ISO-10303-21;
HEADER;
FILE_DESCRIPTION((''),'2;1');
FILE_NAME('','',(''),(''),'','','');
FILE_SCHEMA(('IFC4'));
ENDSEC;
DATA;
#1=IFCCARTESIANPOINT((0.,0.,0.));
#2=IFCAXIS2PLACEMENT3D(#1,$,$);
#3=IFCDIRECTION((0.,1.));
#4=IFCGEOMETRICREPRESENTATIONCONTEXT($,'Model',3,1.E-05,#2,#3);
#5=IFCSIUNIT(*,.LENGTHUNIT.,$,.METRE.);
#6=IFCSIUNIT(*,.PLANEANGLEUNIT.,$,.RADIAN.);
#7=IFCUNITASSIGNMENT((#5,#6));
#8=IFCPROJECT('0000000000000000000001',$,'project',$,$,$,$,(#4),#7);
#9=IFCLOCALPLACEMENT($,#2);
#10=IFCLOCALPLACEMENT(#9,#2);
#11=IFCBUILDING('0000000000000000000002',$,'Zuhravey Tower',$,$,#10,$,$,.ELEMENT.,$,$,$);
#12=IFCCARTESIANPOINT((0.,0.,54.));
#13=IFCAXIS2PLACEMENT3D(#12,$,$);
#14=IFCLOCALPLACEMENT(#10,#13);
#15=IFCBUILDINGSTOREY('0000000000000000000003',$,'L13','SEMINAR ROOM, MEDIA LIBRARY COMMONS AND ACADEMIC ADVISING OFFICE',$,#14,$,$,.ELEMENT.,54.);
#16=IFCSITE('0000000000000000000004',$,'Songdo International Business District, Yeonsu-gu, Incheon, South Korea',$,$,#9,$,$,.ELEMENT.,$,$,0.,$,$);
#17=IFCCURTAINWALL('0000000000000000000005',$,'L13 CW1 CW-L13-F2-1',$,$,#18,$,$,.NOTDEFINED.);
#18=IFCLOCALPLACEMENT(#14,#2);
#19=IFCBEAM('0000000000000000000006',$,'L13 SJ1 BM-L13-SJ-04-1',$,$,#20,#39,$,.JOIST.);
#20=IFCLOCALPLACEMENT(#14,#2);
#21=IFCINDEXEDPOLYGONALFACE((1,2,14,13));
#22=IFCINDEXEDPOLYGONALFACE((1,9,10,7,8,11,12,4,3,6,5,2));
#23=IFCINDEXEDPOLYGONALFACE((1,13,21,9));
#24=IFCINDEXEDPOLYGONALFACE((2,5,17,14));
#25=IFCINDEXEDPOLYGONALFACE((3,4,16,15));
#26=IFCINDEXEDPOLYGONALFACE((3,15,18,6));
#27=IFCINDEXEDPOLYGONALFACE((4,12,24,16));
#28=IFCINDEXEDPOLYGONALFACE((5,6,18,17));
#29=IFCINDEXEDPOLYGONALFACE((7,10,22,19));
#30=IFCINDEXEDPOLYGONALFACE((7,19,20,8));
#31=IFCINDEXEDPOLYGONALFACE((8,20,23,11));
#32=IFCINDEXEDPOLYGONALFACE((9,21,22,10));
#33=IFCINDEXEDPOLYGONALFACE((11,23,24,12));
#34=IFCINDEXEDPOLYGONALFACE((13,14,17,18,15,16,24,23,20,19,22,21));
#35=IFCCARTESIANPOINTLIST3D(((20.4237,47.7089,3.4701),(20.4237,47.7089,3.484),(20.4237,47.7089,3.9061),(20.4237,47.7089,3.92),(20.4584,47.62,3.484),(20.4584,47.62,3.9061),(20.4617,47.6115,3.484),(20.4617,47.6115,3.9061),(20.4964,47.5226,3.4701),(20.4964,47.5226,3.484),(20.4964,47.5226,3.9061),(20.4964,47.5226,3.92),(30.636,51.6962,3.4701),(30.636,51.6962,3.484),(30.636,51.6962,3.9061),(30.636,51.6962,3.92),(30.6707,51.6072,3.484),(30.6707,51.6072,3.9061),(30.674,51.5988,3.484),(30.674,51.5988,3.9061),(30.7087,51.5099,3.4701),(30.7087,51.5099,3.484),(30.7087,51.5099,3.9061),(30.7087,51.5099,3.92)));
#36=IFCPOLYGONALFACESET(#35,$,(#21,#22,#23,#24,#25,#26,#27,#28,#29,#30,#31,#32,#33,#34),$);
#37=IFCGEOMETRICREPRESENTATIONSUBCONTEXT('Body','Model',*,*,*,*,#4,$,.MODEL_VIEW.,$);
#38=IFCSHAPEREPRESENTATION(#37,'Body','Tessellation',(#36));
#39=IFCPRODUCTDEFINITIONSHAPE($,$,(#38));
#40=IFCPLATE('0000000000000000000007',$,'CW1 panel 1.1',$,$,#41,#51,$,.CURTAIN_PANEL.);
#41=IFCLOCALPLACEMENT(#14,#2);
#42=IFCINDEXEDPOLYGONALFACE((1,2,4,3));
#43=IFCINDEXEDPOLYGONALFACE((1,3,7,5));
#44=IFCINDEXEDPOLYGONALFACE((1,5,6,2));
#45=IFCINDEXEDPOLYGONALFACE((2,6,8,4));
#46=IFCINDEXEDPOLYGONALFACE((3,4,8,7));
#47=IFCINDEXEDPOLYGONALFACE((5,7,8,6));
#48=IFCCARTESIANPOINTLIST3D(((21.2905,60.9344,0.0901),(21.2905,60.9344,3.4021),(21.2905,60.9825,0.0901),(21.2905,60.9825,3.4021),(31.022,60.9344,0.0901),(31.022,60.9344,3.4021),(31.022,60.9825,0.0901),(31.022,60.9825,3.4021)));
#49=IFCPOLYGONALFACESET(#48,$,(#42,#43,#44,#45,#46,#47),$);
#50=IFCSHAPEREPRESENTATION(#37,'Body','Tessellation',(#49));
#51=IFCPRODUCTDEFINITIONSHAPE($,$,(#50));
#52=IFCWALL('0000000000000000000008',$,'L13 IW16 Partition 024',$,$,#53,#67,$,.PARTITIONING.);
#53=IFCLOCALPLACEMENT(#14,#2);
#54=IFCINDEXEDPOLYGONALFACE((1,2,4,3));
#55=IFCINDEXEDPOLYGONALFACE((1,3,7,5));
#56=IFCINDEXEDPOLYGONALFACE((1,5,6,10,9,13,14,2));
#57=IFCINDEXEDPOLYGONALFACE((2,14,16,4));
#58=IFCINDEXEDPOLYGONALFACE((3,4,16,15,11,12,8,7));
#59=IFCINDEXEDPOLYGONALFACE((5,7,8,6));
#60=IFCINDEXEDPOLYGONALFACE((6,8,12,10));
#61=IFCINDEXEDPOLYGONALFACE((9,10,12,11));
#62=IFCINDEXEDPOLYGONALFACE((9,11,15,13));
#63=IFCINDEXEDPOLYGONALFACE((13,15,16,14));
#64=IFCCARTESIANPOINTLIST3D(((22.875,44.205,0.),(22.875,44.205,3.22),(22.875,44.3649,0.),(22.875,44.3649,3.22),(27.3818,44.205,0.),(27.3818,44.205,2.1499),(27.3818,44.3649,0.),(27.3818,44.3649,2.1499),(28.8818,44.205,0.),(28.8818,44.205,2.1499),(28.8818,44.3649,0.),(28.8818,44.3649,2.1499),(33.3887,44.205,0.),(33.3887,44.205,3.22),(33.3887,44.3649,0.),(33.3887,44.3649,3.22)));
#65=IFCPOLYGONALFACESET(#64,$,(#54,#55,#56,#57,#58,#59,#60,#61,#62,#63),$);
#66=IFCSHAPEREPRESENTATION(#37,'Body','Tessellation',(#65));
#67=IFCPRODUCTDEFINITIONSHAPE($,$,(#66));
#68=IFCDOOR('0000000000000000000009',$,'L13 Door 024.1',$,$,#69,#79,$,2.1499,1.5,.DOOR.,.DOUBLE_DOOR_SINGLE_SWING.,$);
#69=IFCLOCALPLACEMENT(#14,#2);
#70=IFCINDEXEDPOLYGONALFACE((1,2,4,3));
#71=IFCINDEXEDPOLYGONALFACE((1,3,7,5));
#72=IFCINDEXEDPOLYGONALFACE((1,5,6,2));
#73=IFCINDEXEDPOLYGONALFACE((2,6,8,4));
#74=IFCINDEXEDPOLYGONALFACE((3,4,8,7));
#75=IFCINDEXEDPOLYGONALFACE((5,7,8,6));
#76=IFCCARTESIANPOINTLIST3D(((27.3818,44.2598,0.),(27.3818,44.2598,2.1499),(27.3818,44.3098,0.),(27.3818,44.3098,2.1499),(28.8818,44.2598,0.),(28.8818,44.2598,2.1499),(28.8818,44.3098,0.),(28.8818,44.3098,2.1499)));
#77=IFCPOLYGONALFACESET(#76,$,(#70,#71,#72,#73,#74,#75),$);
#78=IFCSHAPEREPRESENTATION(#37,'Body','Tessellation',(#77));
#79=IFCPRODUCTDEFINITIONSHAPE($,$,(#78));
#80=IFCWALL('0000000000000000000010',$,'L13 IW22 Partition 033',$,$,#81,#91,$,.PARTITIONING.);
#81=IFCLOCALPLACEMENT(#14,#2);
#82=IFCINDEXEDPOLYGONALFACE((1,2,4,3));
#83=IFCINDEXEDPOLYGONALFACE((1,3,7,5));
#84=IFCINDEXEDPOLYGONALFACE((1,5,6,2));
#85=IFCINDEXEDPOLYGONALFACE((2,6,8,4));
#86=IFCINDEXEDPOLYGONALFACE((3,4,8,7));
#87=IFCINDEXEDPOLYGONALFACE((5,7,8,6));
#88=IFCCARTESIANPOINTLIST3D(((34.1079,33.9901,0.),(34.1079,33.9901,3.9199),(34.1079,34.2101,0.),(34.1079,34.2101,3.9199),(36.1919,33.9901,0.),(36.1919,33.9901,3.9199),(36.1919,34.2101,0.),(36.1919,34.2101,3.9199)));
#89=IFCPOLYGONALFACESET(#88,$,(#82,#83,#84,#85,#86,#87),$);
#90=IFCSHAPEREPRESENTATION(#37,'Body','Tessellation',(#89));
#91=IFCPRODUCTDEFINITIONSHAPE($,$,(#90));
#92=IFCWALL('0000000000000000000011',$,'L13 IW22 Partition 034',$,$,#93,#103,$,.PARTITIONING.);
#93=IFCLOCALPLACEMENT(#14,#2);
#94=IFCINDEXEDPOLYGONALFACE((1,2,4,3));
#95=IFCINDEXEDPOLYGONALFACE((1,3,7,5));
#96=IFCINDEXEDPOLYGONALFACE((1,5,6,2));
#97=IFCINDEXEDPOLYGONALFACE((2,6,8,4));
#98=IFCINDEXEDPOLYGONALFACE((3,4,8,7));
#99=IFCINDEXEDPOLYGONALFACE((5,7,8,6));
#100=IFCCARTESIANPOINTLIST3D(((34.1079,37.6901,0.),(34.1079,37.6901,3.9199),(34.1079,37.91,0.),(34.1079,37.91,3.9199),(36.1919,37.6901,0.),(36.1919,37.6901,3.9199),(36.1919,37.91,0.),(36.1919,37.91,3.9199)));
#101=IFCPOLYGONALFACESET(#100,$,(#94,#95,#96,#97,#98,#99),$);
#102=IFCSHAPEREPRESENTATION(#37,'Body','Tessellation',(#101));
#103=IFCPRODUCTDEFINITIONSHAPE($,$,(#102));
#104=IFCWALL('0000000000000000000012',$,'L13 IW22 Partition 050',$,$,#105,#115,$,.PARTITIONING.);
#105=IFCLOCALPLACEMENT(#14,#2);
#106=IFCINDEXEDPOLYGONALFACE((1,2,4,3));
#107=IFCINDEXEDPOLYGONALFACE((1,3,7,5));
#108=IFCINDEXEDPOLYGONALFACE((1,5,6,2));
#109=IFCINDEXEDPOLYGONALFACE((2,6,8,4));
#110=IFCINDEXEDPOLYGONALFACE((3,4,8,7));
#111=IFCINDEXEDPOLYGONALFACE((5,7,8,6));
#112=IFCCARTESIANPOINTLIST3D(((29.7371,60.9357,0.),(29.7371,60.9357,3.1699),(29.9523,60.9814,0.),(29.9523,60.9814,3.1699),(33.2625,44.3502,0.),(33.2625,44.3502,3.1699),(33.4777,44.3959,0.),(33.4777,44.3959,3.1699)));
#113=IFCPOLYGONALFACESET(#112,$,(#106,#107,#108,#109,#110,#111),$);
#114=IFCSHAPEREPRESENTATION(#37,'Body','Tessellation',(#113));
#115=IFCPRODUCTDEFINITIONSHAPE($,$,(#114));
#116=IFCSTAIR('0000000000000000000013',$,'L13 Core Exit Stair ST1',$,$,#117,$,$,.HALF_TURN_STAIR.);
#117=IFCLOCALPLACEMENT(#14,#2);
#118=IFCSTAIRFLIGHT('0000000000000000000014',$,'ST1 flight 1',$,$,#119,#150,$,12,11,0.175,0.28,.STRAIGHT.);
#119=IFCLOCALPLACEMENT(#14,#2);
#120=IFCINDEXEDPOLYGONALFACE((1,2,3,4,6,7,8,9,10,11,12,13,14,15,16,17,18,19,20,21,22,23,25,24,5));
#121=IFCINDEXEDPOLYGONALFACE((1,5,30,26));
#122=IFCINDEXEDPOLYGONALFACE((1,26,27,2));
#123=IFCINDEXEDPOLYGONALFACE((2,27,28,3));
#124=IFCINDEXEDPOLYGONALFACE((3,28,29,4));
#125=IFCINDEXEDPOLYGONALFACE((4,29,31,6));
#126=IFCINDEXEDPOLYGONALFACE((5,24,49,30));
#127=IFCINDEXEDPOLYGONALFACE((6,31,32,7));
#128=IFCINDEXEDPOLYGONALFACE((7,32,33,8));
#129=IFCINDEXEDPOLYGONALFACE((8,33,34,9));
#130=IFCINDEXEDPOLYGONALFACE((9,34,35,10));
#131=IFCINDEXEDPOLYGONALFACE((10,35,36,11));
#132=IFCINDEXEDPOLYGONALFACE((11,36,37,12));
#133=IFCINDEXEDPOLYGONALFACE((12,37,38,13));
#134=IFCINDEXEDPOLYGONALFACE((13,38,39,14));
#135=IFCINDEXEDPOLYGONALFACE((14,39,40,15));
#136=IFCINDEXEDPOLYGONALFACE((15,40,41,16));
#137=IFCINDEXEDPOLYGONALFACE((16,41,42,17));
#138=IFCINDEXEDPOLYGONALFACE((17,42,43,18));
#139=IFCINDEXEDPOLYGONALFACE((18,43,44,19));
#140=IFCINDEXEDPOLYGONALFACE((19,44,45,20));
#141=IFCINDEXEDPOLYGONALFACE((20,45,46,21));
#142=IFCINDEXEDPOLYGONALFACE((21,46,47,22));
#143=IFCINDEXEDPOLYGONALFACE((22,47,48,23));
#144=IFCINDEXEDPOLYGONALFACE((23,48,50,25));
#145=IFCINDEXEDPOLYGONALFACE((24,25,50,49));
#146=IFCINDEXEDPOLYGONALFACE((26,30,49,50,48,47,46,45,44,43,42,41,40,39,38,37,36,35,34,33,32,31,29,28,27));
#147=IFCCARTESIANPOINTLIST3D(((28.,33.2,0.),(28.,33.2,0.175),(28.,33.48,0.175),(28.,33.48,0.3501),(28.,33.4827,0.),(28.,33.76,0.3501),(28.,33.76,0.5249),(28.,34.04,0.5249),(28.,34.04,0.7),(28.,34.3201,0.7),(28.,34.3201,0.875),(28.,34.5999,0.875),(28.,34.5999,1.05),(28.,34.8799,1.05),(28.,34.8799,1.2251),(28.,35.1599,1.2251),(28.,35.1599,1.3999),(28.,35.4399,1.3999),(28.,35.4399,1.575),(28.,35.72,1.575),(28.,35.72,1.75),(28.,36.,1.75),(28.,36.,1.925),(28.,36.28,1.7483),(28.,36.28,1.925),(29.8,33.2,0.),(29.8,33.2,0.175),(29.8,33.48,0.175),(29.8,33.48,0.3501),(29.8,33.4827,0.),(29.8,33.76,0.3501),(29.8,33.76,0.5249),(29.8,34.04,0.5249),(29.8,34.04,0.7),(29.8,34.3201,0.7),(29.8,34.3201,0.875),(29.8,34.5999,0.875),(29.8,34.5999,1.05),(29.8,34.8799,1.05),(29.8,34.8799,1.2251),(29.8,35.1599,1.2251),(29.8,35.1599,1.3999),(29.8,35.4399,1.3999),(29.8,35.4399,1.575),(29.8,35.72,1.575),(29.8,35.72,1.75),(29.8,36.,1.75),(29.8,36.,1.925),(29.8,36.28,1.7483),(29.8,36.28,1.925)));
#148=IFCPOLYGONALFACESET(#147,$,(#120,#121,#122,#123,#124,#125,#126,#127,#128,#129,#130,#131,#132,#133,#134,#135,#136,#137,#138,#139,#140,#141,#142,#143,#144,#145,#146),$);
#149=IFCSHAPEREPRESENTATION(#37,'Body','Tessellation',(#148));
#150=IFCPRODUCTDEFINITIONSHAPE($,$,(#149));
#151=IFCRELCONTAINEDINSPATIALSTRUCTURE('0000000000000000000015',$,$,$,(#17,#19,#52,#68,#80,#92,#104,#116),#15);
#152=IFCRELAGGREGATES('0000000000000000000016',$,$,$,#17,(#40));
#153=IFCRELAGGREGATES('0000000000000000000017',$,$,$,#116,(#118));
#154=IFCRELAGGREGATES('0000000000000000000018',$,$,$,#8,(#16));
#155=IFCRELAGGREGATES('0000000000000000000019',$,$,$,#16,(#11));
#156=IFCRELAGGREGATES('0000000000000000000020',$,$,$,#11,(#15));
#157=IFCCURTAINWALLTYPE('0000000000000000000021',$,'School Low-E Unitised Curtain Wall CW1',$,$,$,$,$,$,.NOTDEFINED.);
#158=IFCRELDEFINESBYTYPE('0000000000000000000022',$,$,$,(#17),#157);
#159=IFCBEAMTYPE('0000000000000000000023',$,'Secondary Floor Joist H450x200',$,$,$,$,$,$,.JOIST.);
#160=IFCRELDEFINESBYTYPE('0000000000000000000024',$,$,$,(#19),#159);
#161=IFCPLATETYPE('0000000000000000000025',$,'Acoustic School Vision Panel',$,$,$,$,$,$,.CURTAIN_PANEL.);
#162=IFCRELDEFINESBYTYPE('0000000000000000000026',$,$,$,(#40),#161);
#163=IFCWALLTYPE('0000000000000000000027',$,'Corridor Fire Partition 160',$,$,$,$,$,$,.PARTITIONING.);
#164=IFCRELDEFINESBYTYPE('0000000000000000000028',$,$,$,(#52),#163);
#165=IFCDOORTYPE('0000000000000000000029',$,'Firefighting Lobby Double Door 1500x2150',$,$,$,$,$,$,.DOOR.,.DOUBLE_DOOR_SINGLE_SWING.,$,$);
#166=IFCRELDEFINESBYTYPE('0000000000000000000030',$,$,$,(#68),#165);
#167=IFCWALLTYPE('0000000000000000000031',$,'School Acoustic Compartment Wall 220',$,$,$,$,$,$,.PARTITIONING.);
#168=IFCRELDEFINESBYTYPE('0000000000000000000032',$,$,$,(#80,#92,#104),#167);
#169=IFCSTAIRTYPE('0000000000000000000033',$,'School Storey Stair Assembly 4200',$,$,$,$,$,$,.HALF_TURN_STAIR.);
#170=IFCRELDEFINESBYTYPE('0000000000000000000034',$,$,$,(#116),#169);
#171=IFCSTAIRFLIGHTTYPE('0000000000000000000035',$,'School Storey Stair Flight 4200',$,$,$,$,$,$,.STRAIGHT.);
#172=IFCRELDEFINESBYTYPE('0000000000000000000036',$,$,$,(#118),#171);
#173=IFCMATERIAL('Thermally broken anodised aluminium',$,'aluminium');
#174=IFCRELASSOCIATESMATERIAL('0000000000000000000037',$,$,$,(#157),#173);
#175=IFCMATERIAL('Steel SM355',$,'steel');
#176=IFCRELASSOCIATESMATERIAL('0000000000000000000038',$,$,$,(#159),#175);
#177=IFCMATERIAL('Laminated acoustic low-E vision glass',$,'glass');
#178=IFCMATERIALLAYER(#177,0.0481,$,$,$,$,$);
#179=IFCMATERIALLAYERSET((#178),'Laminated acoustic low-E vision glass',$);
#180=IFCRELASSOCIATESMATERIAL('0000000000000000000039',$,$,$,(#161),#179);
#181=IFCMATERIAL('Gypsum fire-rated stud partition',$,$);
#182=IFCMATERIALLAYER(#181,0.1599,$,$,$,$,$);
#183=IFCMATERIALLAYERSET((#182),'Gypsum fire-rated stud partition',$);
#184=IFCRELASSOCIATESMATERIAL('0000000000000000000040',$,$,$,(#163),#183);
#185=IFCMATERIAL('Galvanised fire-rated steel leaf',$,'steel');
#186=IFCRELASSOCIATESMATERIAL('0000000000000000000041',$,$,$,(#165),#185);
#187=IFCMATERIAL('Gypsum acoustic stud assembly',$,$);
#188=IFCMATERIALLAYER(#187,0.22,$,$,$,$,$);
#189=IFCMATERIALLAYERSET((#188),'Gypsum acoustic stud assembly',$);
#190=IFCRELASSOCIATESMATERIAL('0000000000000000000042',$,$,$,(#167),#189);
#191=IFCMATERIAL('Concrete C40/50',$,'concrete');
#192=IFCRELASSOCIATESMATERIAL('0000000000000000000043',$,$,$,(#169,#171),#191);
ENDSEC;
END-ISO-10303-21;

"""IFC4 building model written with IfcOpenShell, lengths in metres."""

from ifc_helpers import new_model, si_unit, direction, frame, frame_2d, origin, origin_2d, place, context, subcontext, project, spatial, polyline, rectangle, i_section, outline, extrude, material, layer, layer_set, material_profile, profile_set, type_object, element, fill, aggregate, save


model = new_model("IFC4")

# Units and contexts
model_context = context("Model", 3, precision=1e-05, world=origin(), true_north=direction((0.0, 1.0)))
body_context = subcontext(model_context, "Body", "Model", "MODEL_VIEW")
ifc_project = project(units=[si_unit("LENGTHUNIT", "METRE"), si_unit("PLANEANGLEUNIT", "RADIAN")], contexts=[model_context])

# Site, building, storey
site_placement = place(None, origin())
site = spatial("IfcSite", under=ifc_project, at=site_placement, Name="Songdo International Business District, Yeonsu-gu, Incheon, South Korea", CompositionType="ELEMENT", RefElevation=0.0)
building_placement = place(site_placement, origin())
building = spatial("IfcBuilding", under=site, at=building_placement, Name="Zuhravey Tower", CompositionType="ELEMENT")
storey_placement = place(building_placement, frame((0.0, 0.0, 54.0)))
storey = spatial("IfcBuildingStorey", under=building, at=storey_placement, Name="L13", Description="SEMINAR ROOM, MEDIA LIBRARY COMMONS AND ACADEMIC ADVISING OFFICE", CompositionType="ELEMENT", Elevation=54.0)

# Curtain wall
ifc_material_1 = material(Name="Thermally broken anodised aluminium", Category="aluminium")
curtain_wall_type = type_object("IfcCurtainWallType", Name="School Low-E Unitised Curtain Wall CW1", PredefinedType="NOTDEFINED", material=ifc_material_1)
curtain_wall_placement = place(storey_placement, origin())
curtain_wall = element("IfcCurtainWall", 1, at=curtain_wall_placement, inside=storey, type_object=curtain_wall_type, Name="L13 CW1 CW-L13-F2-1", PredefinedType="NOTDEFINED")

# Beam
ifc_material_2 = material(Name="Steel SM355", Category="steel")
ifc_material_profile_1 = material_profile(ifc_material_2, i_section(OverallWidth=0.2, OverallDepth=0.45, WebThickness=0.009, FlangeThickness=0.0139, at=origin_2d()), Name="H-450x200x9x14")
ifc_profile_set_1 = profile_set([ifc_material_profile_1], Name="Steel SM355")
beam_type_1 = type_object("IfcBeamType", Name="Secondary Floor Joist H450x200", PredefinedType="JOIST", material=ifc_profile_set_1)
beam_1_placement = place(storey_placement, frame((30.6724, 51.603, 3.6951), z_axis=(-0.931517, -0.363699, 0.0), x_axis=(0.363699, -0.931517, 0.0)))
element("IfcBeam", 2, at=beam_1_placement, inside=storey, type_object=beam_type_1, Name="L13 SJ1 BM-L13-SJ-04-1", PredefinedType="JOIST", context=body_context, shape_type="SweptSolid", body=[
    extrude(i_section(OverallWidth=0.2, OverallDepth=0.45, WebThickness=0.009, FlangeThickness=0.0139, at=origin_2d()), origin(), (0.0, 0.0, 1.0), 10.9631),
])

# Plate
ifc_material_3 = material(Name="Laminated acoustic low-E vision glass", Category="glass")
ifc_layer_1 = layer(ifc_material_3, 0.0481)
ifc_layer_set_1 = layer_set([ifc_layer_1], Name="Laminated acoustic low-E vision glass")
plate_type = type_object("IfcPlateType", Name="Acoustic School Vision Panel", PredefinedType="CURTAIN_PANEL", material=ifc_layer_set_1)
plate_placement = place(storey_placement, frame((26.1562, 60.9585, 0.0901), z_axis=(0.0, 0.0, 1.0), x_axis=(1.0, 0.0, 0.0)))
plate = element("IfcPlate", 3, at=plate_placement, type_object=plate_type, Name="CW1 panel 1.1", PredefinedType="CURTAIN_PANEL", context=body_context, shape_type="SweptSolid", body=[
    extrude(rectangle(XDim=9.7314, YDim=0.0481, at=origin_2d()), origin(), (0.0, 0.0, 1.0), 3.312),
])
aggregate(curtain_wall, [plate])

# Wall, opening, door
ifc_material_4 = material(Name="Gypsum fire-rated stud partition")
ifc_layer_2 = layer(ifc_material_4, 0.1599)
ifc_layer_set_2 = layer_set([ifc_layer_2], Name="Gypsum fire-rated stud partition")
wall_type_1 = type_object("IfcWallType", Name="Corridor Fire Partition 160", PredefinedType="PARTITIONING", material=ifc_layer_set_2)
wall_1_placement = place(storey_placement, frame((33.3887, 44.2849, 0.0), z_axis=(0.0, 0.0, 1.0), x_axis=(-1.0, 0.0, 0.0)))
wall_1 = element("IfcWall", 4, at=wall_1_placement, inside=storey, type_object=wall_type_1, Name="L13 IW16 Partition 024", PredefinedType="PARTITIONING", context=body_context, shape_type="SweptSolid", body=[
    extrude(rectangle(XDim=10.5137, YDim=0.1599, at=frame_2d((5.2568, 0.0))), origin(), (0.0, 0.0, 1.0), 3.22),
])
opening_placement = place(wall_1_placement, frame((4.5068, 0.0, 0.0)))
opening = element("IfcOpeningElement", 5, at=opening_placement, cuts=wall_1, PredefinedType="OPENING", context=body_context, shape_type="SweptSolid", body=[
    extrude(rectangle(XDim=1.5, YDim=2.1499, at=frame_2d((0.75, 1.075))), frame((0.0, 0.092, 0.0), z_axis=(0.0, -1.0, 0.0), x_axis=(1.0, 0.0, 0.0)), (0.0, 0.0, 1.0), 0.1838),
])
ifc_material_5 = material(Name="Galvanised fire-rated steel leaf", Category="steel")
door_type = type_object("IfcDoorType", Name="Firefighting Lobby Double Door 1500x2150", OperationType="DOUBLE_DOOR_SINGLE_SWING", PredefinedType="DOOR", material=ifc_material_5)
door_placement = place(opening_placement, frame((1.5, 0.0, 0.0), z_axis=(0.0, 0.0, 1.0), x_axis=(-1.0, 0.0, 0.0)))
door = element("IfcDoor", 6, at=door_placement, inside=storey, type_object=door_type, Name="L13 Door 024.1", OperationType="DOUBLE_DOOR_SINGLE_SWING", OverallHeight=2.1499, OverallWidth=1.5, PredefinedType="DOOR", context=body_context, shape_type="SweptSolid", body=[
    extrude(rectangle(XDim=1.5, YDim=2.1499, at=frame_2d((0.75, 1.075))), frame((0.0, 0.0249, 0.0), z_axis=(0.0, -1.0, 0.0), x_axis=(1.0, 0.0, 0.0)), (0.0, 0.0, 1.0), 0.05),
])
fill(opening, door)

# Walls
ifc_material_6 = material(Name="Gypsum acoustic stud assembly")
ifc_layer_3 = layer(ifc_material_6, 0.22)
ifc_layer_set_3 = layer_set([ifc_layer_3], Name="Gypsum acoustic stud assembly")
wall_type_2 = type_object("IfcWallType", Name="School Acoustic Compartment Wall 220", PredefinedType="PARTITIONING", material=ifc_layer_set_3)
for number, where, z_axis, x_axis, name in (
    (7, (34.1079, 34.1001, 0.0), (0.0, 0.0, 1.0), (1.0, 0.0, 0.0), "L13 IW22 Partition 033"),
    (8, (34.1079, 37.8, 0.0), (0.0, 0.0, 1.0), (1.0, 0.0, 0.0), "L13 IW22 Partition 034"),
):
    element("IfcWall", number, at=place(storey_placement, frame(where, z_axis=z_axis, x_axis=x_axis)), inside=storey, type_object=wall_type_2, Name=name, PredefinedType="PARTITIONING", context=body_context, shape_type="SweptSolid", body=[
        extrude(rectangle(XDim=2.084, YDim=0.22, at=frame_2d((1.042, 0.0))), origin(), (0.0, 0.0, 1.0), 3.9199),
    ])
wall_2_placement = place(storey_placement, frame((33.3701, 44.373, 0.0), z_axis=(0.0, 0.0, 1.0), x_axis=(-0.207914, 0.978147, 0.0)))
element("IfcWall", 9, at=wall_2_placement, inside=storey, type_object=wall_type_2, Name="L13 IW22 Partition 050", PredefinedType="PARTITIONING", context=body_context, shape_type="SweptSolid", body=[
    extrude(rectangle(XDim=16.9561, YDim=0.22, at=frame_2d((8.478, 0.0))), origin(), (0.0, 0.0, 1.0), 3.1699),
])

# Stair, stair flight
ifc_material_7 = material(Name="Concrete C40/50", Category="concrete")
stair_type = type_object("IfcStairType", Name="School Storey Stair Assembly 4200", PredefinedType="HALF_TURN_STAIR", material=ifc_material_7)
stair_1_placement = place(storey_placement, origin())
stair_1 = element("IfcStair", 10, at=stair_1_placement, inside=storey, type_object=stair_type, Name="L13 Core Exit Stair ST1", PredefinedType="HALF_TURN_STAIR")
stair_flight_type = type_object("IfcStairFlightType", Name="School Storey Stair Flight 4200", PredefinedType="STRAIGHT", material=ifc_material_7)
stair_flight_1_placement = place(storey_placement, frame((28.8999, 33.2, 0.0), z_axis=(0.0, 0.0, 1.0), x_axis=(0.0, 1.0, 0.0)))
stair_flight_1 = element("IfcStairFlight", 11, at=stair_flight_1_placement, type_object=stair_flight_type, Name="ST1 flight 1", NumberOfRisers=12, NumberOfTreads=11, PredefinedType="STRAIGHT", RiserHeight=0.175, TreadLength=0.28, context=body_context, shape_type="SweptSolid", body=[
    extrude(outline(polyline([(0.0, 0.0), (0.0, 0.175), (0.28, 0.175), (0.28, 0.3501), (0.5601, 0.3501), (0.5601, 0.5249), (0.8401, 0.5249), (0.8401, 0.7), (1.1201, 0.7), (1.1201, 0.875), (1.3999, 0.875), (1.3999, 1.05), (1.6799, 1.05), (1.6799, 1.2251), (1.96, 1.2251), (1.96, 1.3999), (2.24, 1.3999), (2.24, 1.575), (2.52, 1.575), (2.52, 1.75), (2.8, 1.75), (2.8, 1.925), (3.0801, 1.925), (3.0801, 2.1001), (3.0801, 1.7483), (0.2827, 0.0), (0.0, 0.0)])), frame((0.0, 0.8999, 0.0), z_axis=(0.0, -1.0, 0.0), x_axis=(1.0, 0.0, 0.0)), (0.0, 0.0, 1.0), 1.8),
])
aggregate(stair_1, [stair_flight_1])

save(model, "model.ifc")
